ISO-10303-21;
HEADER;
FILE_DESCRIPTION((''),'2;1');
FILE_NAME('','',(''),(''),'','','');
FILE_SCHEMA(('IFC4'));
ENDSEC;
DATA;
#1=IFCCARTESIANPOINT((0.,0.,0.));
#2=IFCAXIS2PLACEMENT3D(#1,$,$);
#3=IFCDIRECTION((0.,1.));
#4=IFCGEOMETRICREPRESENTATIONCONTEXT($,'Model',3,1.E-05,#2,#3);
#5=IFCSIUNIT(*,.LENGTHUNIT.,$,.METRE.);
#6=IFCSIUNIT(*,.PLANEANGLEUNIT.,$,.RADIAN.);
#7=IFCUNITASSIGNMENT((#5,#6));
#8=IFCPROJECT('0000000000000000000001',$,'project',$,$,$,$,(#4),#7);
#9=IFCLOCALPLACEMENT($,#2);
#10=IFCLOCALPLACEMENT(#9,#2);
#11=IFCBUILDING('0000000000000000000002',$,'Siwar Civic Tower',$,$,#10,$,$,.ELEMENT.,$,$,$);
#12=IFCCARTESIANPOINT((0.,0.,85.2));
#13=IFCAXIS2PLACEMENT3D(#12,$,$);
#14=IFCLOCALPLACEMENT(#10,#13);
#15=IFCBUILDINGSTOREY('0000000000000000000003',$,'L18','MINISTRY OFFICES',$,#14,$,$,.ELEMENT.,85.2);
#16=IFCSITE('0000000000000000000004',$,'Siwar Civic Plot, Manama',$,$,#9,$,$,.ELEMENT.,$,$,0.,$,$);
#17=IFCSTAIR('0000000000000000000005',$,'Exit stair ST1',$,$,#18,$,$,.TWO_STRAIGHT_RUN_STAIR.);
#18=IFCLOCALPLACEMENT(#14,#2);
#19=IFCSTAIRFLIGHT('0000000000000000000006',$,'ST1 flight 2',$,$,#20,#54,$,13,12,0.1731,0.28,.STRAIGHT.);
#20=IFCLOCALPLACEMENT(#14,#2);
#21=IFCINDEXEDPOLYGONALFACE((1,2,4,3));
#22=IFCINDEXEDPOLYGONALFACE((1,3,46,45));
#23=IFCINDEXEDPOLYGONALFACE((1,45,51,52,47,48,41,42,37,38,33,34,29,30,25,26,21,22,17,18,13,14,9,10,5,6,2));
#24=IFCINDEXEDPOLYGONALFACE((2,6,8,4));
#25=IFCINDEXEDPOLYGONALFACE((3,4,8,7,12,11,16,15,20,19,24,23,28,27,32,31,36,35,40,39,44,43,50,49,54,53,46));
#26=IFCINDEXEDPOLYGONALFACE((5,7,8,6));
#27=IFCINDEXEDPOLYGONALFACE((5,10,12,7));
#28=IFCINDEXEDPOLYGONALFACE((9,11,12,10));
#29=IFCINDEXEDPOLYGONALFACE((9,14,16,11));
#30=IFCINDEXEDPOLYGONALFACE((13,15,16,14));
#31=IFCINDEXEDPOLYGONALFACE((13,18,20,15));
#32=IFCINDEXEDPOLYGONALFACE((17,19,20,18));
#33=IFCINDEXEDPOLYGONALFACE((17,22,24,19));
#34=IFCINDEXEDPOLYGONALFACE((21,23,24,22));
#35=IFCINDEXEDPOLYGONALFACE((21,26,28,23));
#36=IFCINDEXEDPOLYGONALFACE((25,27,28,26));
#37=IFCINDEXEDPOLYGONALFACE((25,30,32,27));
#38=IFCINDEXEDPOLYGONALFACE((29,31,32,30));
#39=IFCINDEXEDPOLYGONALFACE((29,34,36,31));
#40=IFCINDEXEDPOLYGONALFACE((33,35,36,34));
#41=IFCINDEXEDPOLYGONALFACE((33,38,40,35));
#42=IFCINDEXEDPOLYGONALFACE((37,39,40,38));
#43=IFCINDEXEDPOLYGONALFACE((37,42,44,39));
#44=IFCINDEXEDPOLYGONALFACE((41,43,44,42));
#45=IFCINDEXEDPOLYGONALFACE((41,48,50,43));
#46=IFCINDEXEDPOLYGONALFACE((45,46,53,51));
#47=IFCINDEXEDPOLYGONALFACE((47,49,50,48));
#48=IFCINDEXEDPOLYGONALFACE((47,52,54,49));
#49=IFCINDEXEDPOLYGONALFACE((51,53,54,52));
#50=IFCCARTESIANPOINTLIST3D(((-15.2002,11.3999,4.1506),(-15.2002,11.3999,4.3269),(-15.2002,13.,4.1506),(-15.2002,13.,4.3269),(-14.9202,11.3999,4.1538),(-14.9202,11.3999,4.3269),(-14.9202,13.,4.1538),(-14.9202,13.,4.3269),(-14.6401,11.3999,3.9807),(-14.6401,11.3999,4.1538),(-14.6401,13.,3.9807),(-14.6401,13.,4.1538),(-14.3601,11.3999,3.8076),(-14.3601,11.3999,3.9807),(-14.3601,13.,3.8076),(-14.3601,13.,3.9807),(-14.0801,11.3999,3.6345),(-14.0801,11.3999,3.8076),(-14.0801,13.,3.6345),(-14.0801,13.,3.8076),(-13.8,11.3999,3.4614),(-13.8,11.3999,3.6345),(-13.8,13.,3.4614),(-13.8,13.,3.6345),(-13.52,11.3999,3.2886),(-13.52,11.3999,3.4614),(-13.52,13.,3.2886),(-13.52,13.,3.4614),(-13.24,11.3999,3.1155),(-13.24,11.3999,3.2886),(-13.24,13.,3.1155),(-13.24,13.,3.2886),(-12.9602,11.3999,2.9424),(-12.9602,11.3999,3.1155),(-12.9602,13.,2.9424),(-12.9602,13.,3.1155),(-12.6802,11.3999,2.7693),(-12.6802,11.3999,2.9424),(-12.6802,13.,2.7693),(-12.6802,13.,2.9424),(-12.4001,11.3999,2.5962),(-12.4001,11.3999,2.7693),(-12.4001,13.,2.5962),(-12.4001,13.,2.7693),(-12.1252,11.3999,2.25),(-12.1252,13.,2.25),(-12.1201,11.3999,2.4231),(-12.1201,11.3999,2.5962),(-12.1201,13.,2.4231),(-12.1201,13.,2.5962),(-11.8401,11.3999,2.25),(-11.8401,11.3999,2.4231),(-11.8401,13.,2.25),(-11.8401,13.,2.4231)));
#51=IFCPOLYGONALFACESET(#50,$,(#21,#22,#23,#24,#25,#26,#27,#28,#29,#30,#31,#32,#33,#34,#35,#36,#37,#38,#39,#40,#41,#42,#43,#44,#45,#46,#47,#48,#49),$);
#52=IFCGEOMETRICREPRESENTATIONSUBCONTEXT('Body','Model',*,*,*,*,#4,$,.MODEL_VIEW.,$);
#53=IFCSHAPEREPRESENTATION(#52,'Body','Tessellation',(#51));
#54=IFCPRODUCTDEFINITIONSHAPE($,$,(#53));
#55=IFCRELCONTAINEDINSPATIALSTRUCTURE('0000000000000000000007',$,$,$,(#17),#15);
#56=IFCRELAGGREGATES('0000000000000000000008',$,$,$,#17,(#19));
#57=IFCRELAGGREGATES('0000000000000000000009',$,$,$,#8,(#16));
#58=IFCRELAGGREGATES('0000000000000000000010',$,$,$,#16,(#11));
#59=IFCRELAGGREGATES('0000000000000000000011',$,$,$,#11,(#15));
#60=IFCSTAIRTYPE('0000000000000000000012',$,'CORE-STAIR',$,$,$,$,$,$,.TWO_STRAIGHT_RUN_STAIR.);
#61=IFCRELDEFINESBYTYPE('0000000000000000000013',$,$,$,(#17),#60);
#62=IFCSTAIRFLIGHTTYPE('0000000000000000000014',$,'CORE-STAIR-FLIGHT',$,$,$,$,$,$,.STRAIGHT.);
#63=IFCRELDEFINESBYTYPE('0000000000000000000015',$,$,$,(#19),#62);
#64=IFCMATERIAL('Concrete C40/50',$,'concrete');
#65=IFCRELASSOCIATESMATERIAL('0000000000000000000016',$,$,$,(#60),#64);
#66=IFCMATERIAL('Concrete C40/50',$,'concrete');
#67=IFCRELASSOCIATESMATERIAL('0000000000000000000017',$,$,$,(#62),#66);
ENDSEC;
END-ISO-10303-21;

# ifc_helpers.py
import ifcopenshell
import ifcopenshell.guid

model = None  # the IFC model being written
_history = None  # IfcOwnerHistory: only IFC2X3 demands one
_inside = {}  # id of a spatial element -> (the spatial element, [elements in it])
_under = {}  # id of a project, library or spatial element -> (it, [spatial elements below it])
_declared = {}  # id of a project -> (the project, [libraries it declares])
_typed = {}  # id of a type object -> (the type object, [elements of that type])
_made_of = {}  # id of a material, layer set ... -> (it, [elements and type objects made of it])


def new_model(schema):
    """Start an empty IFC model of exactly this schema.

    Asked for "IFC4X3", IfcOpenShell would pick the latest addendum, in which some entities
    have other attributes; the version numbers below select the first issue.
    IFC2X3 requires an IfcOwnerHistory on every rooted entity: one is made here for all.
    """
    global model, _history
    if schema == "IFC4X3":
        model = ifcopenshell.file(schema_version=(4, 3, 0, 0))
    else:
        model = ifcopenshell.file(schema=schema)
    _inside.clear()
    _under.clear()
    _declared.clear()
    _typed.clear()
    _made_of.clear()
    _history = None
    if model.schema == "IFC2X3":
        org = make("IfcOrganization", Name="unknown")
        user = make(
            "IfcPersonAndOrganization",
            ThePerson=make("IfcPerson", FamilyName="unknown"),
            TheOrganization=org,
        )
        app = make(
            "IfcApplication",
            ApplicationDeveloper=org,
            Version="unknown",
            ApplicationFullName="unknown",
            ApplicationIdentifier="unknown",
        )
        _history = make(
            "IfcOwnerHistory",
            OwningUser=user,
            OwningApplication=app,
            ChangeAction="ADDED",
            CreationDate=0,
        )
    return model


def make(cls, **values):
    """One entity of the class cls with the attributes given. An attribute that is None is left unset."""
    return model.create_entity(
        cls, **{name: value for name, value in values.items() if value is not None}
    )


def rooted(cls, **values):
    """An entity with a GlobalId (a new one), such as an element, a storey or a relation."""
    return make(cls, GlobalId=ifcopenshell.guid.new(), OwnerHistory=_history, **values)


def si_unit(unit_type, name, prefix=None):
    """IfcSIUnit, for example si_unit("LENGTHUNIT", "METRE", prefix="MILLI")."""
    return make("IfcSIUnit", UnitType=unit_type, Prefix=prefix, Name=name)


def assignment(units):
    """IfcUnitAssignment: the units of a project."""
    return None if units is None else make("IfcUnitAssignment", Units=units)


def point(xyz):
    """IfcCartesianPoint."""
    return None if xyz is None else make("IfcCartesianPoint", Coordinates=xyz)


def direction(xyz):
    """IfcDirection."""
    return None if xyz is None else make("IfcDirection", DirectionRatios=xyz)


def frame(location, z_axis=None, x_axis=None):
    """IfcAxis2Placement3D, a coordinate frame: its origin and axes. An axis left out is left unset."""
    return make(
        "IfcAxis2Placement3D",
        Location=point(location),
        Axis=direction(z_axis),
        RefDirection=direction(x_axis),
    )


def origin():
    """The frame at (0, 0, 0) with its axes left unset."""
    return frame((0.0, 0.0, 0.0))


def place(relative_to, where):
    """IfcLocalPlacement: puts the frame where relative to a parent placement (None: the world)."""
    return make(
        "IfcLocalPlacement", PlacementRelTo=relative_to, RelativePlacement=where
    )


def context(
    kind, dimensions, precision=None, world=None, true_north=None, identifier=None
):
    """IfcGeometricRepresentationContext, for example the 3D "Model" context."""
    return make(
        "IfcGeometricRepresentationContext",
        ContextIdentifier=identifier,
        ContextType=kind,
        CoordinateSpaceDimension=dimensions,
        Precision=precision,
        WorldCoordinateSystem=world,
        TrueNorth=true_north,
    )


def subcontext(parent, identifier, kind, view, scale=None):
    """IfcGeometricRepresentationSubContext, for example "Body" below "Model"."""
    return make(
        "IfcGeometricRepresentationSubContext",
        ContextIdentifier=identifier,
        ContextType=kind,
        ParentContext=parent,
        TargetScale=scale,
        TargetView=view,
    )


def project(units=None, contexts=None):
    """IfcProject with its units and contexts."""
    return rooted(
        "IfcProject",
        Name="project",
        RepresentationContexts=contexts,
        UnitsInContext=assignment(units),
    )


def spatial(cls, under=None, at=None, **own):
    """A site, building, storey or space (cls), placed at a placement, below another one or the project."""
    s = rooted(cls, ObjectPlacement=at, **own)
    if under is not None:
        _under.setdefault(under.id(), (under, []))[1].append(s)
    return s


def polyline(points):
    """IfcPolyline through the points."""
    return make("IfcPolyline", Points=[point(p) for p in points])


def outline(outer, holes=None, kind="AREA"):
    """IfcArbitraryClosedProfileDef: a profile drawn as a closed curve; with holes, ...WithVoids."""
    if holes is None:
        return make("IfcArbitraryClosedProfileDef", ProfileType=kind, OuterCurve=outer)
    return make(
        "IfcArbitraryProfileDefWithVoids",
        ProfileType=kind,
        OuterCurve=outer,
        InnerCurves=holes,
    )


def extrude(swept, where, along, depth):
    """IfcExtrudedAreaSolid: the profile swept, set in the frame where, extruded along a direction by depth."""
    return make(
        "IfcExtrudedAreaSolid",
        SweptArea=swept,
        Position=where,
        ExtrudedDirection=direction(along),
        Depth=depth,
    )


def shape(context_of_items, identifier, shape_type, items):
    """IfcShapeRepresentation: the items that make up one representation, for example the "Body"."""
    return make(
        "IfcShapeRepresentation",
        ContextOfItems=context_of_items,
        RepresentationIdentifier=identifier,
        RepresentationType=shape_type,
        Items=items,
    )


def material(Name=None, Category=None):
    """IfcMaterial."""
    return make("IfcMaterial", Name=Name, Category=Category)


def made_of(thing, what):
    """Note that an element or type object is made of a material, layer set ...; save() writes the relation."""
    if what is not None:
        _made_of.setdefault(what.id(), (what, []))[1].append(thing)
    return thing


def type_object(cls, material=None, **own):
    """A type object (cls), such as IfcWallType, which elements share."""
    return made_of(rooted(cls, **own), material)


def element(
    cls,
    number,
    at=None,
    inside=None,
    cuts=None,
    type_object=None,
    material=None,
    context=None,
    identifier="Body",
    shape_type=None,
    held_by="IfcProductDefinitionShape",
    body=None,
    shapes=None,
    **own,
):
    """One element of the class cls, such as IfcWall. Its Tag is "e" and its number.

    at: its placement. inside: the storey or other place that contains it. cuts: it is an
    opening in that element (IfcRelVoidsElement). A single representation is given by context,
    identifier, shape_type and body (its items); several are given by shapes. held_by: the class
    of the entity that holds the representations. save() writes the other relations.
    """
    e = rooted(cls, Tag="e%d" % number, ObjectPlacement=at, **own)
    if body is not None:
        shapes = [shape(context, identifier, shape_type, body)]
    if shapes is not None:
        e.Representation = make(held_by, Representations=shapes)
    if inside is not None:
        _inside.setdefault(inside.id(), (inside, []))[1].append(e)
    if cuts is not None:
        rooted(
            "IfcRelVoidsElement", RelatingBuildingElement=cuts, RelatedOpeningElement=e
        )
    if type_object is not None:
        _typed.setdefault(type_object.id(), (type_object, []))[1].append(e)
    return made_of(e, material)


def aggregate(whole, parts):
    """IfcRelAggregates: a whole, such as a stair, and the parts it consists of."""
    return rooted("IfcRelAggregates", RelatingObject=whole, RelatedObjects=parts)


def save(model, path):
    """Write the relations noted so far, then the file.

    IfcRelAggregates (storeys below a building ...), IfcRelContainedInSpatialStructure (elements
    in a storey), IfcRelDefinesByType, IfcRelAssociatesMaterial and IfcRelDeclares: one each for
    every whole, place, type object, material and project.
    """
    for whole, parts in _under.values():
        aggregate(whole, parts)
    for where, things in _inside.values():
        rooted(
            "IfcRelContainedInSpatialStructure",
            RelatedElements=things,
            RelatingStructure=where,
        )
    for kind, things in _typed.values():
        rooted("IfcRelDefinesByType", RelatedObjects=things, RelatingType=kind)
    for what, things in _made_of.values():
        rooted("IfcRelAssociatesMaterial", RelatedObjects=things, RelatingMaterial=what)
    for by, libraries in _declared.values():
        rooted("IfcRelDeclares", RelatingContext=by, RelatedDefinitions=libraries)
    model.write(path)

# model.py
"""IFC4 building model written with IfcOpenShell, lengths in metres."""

from ifc_helpers import new_model, si_unit, direction, frame, origin, place, context, subcontext, project, spatial, polyline, outline, extrude, material, type_object, element, aggregate, save


model = new_model("IFC4")

# Units and contexts
model_context = context("Model", 3, precision=1e-05, world=origin(), true_north=direction((0.0, 1.0)))
body_context = subcontext(model_context, "Body", "Model", "MODEL_VIEW")
ifc_project = project(units=[si_unit("LENGTHUNIT", "METRE"), si_unit("PLANEANGLEUNIT", "RADIAN")], contexts=[model_context])

# Site, building, storey
site_placement = place(None, origin())
site = spatial("IfcSite", under=ifc_project, at=site_placement, Name="Siwar Civic Plot, Manama", CompositionType="ELEMENT", RefElevation=0.0)
building_placement = place(site_placement, origin())
building = spatial("IfcBuilding", under=site, at=building_placement, Name="Siwar Civic Tower", CompositionType="ELEMENT")
storey_placement = place(building_placement, frame((0.0, 0.0, 85.2)))
storey = spatial("IfcBuildingStorey", under=building, at=storey_placement, Name="L18", Description="MINISTRY OFFICES", CompositionType="ELEMENT", Elevation=85.2)

# Stair, stair flight
ifc_material_1 = material(Name="Concrete C40/50", Category="concrete")
stair_type = type_object("IfcStairType", Name="CORE-STAIR", PredefinedType="TWO_STRAIGHT_RUN_STAIR", material=ifc_material_1)
stair_placement = place(storey_placement, origin())
stair = element("IfcStair", 1, at=stair_placement, inside=storey, type_object=stair_type, Name="Exit stair ST1", PredefinedType="TWO_STRAIGHT_RUN_STAIR")
ifc_material_2 = material(Name="Concrete C40/50", Category="concrete")
stair_flight_type = type_object("IfcStairFlightType", Name="CORE-STAIR-FLIGHT", PredefinedType="STRAIGHT", material=ifc_material_2)
stair_flight_1_placement = place(storey_placement, frame((-11.8401, 12.2, 2.25), z_axis=(0.0, 0.0, 1.0), x_axis=(-1.0, 0.0, 0.0)))
stair_flight_1 = element("IfcStairFlight", 2, at=stair_flight_1_placement, type_object=stair_flight_type, Name="ST1 flight 2", NumberOfRisers=13, NumberOfTreads=12, PredefinedType="STRAIGHT", RiserHeight=0.1731, TreadLength=0.28, context=body_context, shape_type="SweptSolid", body=[
    extrude(outline(polyline([(0.0, 0.0), (0.0, 0.1731), (0.28, 0.1731), (0.28, 0.3462), (0.5601, 0.3462), (0.5601, 0.5193), (0.8401, 0.5193), (0.8401, 0.6924), (1.1201, 0.6924), (1.1201, 0.8655), (1.3999, 0.8655), (1.3999, 1.0386), (1.6799, 1.0386), (1.6799, 1.2114), (1.96, 1.2114), (1.96, 1.3845), (2.24, 1.3845), (2.24, 1.5576), (2.52, 1.5576), (2.52, 1.7307), (2.8, 1.7307), (2.8, 1.9038), (3.0801, 1.9038), (3.0801, 2.0769), (3.3601, 2.0769), (3.3601, 2.25), (3.3601, 1.9006), (0.2852, 0.0), (0.0, 0.0)])), frame((0.0, 0.8, 0.0), z_axis=(0.0, -1.0, 0.0), x_axis=(1.0, 0.0, 0.0)), (0.0, 0.0, 1.0), 1.6001),
])
aggregate(stair, [stair_flight_1])

save(model, "model.ifc")
